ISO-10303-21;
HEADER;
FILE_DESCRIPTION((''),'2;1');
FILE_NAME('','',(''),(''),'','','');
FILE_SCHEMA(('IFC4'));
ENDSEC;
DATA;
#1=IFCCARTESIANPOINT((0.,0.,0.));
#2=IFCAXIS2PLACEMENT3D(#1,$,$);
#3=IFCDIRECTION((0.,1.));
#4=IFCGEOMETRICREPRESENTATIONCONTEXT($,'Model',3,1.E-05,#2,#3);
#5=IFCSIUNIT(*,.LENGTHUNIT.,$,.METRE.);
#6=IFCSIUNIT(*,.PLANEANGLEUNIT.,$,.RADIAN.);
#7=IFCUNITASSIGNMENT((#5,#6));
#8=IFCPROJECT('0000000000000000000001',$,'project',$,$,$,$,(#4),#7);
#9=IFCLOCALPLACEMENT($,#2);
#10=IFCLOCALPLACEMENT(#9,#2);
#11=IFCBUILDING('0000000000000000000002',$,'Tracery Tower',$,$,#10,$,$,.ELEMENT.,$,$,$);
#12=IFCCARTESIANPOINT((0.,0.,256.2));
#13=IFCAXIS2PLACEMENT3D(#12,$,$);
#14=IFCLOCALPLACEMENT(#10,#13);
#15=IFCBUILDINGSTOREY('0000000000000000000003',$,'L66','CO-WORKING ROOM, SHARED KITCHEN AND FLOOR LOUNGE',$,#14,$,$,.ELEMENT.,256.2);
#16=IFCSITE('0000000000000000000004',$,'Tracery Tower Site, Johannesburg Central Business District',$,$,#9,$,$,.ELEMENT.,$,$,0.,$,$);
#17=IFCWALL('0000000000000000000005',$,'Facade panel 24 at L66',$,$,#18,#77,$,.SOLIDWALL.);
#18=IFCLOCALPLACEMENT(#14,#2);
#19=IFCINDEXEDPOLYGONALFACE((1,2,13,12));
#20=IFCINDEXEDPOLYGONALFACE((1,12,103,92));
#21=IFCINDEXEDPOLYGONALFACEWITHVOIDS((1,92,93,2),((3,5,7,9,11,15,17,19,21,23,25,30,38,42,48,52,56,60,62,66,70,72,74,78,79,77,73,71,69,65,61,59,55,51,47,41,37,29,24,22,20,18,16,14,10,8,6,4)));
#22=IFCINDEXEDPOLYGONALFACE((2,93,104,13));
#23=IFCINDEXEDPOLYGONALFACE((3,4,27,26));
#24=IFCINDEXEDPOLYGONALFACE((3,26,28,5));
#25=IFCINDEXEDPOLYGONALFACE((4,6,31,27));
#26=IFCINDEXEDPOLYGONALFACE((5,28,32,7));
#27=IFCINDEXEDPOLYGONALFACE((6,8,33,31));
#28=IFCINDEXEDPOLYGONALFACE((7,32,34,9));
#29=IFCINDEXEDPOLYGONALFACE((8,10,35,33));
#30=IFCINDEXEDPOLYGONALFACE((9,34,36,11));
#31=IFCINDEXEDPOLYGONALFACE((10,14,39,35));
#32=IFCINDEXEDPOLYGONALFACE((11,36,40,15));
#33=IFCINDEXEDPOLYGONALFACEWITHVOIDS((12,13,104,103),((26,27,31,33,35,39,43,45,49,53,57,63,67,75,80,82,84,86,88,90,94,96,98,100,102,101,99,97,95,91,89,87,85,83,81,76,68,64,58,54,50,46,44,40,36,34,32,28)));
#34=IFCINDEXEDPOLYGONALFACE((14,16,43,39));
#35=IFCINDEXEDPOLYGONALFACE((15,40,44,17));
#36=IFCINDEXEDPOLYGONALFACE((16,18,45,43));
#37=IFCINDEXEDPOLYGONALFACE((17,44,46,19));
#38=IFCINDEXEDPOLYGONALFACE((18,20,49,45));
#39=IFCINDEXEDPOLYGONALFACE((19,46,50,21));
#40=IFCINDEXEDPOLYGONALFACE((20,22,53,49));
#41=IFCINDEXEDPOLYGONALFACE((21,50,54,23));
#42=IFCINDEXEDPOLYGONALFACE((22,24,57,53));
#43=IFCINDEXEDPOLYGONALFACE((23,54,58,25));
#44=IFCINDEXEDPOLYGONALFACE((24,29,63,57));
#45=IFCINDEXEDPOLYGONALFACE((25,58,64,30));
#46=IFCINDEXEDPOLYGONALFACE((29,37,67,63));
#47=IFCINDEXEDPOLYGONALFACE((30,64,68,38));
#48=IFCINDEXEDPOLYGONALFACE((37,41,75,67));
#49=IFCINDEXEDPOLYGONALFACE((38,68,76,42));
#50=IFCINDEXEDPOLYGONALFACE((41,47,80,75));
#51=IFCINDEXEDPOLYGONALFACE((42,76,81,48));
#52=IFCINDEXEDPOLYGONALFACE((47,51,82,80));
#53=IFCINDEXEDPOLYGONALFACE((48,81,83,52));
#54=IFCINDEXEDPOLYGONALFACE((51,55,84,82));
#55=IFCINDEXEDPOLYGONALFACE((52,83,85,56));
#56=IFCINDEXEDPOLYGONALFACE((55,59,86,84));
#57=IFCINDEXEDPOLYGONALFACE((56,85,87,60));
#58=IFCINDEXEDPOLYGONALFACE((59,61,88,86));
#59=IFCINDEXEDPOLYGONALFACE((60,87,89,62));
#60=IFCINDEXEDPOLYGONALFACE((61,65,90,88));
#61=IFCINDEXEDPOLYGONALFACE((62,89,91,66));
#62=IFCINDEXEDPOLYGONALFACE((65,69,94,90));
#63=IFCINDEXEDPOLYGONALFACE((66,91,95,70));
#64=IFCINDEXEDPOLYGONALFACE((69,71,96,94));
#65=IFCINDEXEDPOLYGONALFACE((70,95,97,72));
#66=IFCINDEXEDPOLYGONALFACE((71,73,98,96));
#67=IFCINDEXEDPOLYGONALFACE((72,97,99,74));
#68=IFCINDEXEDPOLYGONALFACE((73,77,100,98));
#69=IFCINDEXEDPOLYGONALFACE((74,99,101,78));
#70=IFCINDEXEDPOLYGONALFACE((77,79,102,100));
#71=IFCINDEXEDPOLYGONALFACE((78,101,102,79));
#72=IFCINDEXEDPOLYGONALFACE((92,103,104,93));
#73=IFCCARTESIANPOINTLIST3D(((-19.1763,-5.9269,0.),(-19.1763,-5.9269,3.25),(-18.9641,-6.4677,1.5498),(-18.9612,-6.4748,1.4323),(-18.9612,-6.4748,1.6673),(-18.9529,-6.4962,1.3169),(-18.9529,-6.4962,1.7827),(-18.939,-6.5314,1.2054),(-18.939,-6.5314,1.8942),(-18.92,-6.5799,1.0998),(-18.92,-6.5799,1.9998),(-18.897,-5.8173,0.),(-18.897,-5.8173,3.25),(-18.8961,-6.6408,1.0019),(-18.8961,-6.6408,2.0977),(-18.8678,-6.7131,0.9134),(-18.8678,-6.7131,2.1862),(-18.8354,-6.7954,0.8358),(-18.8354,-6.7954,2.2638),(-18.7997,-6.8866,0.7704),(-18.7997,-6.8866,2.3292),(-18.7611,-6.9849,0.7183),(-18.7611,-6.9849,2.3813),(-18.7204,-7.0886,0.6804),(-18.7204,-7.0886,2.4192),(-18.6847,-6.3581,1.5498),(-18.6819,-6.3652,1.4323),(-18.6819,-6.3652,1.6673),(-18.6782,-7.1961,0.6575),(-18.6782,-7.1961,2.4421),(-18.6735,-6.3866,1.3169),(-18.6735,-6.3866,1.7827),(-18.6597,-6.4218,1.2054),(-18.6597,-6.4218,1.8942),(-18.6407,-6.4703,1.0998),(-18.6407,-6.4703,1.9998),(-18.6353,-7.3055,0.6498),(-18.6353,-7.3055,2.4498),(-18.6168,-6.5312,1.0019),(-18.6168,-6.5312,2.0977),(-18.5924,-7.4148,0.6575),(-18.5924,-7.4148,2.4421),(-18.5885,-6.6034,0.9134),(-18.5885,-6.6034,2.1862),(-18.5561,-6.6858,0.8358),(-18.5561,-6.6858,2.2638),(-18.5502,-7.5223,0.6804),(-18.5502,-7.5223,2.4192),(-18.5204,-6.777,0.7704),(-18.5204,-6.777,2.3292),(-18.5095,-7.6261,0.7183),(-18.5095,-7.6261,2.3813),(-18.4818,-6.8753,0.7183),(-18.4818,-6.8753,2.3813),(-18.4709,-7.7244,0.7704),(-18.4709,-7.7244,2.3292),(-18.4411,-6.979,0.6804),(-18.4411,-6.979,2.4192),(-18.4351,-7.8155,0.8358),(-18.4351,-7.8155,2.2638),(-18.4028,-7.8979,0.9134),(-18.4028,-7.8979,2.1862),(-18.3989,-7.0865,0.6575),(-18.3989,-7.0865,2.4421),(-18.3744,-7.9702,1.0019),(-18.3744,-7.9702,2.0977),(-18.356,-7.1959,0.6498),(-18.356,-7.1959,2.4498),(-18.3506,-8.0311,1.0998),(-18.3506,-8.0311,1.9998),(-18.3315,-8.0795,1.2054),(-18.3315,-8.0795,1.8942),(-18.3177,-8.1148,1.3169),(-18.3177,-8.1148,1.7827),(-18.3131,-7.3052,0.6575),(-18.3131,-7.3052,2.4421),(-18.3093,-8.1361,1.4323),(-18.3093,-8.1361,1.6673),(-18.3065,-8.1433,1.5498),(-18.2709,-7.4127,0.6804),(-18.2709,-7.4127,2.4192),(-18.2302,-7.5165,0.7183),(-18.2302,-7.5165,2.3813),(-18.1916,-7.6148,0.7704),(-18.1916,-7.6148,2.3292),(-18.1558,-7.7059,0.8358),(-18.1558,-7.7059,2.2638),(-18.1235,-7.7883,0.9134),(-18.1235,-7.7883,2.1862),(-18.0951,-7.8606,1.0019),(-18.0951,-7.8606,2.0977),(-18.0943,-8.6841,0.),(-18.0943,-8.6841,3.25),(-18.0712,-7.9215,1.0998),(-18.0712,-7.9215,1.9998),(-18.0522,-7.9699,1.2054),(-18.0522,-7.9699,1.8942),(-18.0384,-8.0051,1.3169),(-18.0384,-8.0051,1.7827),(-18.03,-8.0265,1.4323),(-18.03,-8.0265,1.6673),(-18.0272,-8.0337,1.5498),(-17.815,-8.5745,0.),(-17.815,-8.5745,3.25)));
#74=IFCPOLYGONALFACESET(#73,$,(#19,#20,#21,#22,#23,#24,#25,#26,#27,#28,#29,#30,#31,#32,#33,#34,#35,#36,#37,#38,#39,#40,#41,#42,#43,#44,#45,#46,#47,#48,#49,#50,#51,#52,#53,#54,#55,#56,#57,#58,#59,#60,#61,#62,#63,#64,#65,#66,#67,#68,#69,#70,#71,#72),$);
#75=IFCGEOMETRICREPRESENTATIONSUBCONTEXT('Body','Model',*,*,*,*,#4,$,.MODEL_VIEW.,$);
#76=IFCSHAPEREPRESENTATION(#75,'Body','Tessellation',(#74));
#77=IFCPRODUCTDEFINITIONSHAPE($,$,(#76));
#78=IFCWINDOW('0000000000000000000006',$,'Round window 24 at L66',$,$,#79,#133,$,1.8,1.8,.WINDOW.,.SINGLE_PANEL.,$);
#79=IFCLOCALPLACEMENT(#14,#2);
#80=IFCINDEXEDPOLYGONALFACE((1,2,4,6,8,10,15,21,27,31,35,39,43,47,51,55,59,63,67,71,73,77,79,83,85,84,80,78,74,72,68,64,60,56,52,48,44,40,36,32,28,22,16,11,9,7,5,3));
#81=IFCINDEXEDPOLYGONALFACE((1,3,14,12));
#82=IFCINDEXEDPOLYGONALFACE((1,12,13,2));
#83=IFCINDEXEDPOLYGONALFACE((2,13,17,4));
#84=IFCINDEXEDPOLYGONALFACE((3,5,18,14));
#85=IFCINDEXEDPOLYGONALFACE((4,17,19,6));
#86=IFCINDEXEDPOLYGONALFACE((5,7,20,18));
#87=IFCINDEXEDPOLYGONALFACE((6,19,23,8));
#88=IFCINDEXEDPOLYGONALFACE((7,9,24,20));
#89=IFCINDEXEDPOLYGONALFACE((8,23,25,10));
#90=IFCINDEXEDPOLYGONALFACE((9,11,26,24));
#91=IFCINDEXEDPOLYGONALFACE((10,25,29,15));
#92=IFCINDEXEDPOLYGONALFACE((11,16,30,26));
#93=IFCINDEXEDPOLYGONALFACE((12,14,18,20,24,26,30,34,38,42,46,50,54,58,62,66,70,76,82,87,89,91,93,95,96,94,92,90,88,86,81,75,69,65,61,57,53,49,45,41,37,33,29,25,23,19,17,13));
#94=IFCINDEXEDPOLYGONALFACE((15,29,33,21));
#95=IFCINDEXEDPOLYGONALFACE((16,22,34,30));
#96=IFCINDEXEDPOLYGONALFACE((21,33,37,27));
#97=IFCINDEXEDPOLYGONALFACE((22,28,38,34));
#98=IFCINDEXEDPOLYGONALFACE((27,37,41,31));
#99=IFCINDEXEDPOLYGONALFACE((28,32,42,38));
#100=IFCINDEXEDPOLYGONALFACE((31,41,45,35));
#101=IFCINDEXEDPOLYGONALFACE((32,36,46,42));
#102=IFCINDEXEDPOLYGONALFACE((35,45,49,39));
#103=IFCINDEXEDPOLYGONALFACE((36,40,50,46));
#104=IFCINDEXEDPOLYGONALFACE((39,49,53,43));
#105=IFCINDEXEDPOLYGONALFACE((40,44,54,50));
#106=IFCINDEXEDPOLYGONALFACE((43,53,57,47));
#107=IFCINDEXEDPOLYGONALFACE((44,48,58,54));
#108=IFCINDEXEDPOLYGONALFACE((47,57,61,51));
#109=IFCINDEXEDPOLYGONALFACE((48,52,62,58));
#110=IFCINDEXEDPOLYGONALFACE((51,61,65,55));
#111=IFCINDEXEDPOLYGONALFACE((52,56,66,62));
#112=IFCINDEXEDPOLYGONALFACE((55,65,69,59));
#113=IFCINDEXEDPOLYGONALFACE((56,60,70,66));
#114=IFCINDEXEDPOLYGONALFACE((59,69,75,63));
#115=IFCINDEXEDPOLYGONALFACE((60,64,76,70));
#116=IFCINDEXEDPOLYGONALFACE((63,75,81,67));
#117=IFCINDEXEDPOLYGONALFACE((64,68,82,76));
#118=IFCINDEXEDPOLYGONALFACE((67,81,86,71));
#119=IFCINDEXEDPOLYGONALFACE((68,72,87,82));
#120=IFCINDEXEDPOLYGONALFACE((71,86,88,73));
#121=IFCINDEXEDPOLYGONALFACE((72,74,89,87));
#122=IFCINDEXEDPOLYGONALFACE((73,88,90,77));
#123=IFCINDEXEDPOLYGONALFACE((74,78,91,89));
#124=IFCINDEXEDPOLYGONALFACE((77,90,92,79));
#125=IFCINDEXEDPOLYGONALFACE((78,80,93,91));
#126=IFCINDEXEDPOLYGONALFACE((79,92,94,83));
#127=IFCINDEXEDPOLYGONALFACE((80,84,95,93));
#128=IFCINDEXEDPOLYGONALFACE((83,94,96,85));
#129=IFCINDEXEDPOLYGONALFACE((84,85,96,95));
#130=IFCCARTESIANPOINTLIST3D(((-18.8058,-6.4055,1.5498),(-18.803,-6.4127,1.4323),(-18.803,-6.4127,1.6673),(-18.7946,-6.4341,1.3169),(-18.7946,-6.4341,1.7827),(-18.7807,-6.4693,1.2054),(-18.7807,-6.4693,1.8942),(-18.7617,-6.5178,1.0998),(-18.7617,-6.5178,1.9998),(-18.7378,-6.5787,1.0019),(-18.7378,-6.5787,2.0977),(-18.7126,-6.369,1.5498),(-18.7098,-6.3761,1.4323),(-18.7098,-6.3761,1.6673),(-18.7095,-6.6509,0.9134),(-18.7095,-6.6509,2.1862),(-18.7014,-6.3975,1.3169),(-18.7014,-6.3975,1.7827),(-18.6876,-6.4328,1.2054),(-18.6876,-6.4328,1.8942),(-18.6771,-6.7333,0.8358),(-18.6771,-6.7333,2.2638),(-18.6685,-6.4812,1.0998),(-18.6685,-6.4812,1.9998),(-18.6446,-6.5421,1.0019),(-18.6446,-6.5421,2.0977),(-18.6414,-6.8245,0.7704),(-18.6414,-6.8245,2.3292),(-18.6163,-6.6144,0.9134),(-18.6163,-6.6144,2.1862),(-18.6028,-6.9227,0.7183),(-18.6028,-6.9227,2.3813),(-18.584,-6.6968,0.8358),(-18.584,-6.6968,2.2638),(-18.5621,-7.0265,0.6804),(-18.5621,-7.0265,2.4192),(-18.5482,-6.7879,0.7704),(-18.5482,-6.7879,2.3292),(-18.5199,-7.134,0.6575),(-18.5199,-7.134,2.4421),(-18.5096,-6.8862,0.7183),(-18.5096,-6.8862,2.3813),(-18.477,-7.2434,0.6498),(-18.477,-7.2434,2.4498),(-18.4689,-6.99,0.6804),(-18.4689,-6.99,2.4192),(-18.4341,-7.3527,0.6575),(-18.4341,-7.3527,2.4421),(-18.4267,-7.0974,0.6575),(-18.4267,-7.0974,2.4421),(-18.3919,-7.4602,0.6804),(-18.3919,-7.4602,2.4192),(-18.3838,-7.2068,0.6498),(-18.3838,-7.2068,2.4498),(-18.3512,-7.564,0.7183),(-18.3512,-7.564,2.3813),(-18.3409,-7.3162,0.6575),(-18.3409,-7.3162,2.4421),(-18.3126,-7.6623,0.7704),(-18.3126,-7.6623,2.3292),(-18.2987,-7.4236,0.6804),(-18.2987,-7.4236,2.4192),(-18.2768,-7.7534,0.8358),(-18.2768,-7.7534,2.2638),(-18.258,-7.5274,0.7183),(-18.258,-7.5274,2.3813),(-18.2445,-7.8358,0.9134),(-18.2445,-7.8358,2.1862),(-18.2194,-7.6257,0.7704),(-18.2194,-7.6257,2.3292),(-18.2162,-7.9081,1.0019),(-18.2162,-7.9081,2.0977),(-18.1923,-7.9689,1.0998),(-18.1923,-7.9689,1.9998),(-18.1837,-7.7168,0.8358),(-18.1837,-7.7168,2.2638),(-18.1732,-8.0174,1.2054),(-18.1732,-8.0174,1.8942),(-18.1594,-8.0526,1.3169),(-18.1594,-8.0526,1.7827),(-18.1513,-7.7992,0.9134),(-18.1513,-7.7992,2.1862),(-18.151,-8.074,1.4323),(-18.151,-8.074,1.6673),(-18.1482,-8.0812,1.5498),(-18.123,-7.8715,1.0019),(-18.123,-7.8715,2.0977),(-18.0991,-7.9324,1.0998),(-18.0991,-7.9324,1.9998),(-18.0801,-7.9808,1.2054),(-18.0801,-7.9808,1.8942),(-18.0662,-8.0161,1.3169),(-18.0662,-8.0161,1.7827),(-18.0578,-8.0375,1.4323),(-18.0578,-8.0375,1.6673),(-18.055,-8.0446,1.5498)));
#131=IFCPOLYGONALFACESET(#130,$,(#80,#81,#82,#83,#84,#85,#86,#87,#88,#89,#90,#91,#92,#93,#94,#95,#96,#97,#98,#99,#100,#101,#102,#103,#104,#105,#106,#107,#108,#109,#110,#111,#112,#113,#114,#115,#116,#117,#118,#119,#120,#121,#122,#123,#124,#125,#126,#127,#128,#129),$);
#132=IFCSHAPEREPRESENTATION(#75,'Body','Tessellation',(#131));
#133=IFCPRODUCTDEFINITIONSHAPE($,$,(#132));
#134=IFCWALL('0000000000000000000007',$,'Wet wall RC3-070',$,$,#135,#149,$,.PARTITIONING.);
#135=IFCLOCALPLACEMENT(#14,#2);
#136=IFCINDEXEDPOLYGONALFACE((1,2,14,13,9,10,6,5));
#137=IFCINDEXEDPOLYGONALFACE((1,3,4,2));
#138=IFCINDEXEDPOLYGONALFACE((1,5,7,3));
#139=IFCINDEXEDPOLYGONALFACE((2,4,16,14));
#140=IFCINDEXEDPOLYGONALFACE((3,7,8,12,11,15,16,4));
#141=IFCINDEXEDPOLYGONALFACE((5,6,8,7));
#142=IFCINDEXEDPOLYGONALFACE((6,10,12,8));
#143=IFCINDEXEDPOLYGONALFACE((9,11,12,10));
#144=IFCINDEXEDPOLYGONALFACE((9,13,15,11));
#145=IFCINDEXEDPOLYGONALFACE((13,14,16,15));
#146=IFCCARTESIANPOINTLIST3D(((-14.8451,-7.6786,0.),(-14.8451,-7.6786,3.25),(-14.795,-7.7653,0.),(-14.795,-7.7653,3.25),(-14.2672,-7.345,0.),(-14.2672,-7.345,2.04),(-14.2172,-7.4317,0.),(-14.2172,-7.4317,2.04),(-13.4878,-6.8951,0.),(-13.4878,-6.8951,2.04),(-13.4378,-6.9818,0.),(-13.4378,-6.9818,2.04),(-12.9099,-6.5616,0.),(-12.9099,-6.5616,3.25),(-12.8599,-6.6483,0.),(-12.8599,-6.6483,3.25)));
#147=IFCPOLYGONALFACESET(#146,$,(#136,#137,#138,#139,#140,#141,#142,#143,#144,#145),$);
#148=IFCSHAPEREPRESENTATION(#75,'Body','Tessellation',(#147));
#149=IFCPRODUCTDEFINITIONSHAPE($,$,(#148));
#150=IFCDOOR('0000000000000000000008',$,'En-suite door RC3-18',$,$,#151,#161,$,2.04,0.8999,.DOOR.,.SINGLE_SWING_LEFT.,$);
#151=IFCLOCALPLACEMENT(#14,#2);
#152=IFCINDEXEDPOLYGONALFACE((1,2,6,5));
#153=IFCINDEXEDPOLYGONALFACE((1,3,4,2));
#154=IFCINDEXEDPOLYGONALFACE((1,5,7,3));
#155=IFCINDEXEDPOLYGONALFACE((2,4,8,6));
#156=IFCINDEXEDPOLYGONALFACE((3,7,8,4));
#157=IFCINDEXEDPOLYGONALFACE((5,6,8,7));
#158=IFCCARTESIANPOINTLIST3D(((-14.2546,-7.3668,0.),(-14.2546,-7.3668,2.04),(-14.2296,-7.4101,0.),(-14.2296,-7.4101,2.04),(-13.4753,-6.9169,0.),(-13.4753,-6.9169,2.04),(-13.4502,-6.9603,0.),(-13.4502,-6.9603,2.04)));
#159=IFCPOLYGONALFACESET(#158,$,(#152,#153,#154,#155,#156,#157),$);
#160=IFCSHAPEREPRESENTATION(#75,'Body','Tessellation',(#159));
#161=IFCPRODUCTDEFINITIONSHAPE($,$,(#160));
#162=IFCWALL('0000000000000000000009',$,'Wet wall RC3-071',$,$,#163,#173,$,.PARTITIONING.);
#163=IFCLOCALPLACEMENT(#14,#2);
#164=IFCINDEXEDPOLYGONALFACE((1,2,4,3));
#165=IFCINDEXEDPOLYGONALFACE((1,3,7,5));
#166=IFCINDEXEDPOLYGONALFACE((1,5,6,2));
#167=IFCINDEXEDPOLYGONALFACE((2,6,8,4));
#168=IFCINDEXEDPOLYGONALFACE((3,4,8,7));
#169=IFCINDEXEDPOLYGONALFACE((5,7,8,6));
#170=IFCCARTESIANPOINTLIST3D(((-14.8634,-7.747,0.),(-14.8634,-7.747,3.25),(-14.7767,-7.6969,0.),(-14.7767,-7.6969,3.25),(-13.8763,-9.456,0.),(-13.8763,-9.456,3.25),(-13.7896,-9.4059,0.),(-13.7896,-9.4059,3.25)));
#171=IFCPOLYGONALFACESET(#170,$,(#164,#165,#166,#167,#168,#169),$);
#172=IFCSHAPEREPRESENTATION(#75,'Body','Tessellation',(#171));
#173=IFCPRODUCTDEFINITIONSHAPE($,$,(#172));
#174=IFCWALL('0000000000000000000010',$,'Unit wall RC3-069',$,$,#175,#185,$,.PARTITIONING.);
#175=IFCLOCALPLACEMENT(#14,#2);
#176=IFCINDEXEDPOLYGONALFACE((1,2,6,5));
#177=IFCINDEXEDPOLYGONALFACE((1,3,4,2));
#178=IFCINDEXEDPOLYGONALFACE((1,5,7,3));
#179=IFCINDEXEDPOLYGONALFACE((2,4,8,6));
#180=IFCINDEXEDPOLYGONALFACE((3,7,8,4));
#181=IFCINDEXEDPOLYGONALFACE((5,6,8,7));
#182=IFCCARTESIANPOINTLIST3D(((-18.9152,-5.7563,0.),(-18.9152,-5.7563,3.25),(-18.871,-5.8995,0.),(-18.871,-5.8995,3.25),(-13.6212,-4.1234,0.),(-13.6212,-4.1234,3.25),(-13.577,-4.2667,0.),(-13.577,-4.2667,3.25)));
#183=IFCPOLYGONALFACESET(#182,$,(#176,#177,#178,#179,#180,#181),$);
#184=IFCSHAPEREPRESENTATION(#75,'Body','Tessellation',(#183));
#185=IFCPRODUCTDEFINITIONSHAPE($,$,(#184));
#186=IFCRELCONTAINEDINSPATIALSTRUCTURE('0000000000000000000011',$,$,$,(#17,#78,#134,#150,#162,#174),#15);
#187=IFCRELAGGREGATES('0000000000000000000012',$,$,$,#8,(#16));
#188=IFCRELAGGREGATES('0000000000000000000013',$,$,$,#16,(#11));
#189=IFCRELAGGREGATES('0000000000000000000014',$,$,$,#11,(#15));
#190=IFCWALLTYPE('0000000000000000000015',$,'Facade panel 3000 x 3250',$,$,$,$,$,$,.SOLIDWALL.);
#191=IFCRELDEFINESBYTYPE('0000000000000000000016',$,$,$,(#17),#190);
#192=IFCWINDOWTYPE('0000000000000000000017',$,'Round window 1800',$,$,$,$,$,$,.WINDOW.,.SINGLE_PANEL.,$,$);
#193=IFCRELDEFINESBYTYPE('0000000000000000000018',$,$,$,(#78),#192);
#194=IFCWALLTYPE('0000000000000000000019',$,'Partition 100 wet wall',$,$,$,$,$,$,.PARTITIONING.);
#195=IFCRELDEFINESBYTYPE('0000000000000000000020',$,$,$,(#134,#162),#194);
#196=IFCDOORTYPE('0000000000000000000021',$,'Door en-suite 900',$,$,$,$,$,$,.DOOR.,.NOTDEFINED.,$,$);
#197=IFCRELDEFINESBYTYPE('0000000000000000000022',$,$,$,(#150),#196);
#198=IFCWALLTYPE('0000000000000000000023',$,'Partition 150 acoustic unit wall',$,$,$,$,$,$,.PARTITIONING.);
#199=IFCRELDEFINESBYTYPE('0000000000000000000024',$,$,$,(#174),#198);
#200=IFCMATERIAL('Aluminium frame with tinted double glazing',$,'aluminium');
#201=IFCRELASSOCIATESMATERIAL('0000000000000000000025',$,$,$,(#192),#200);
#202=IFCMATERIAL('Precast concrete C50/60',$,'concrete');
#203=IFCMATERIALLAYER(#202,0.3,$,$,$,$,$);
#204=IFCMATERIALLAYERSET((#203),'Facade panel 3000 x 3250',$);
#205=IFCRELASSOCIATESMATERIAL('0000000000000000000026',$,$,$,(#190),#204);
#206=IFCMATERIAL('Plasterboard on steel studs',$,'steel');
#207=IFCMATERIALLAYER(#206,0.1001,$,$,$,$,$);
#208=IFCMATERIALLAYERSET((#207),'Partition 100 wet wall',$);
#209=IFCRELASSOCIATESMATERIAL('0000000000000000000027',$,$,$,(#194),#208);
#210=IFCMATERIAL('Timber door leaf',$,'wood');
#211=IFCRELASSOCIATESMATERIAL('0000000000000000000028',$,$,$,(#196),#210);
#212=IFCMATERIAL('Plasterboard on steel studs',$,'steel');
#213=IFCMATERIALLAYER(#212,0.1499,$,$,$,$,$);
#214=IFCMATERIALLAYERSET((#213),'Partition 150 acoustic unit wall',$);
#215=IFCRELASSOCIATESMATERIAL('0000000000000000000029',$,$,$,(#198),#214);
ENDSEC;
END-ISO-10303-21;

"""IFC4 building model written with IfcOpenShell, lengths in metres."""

from ifc_helpers import new_model, si_unit, direction, frame, frame_2d, origin, origin_2d, place, context, subcontext, project, spatial, rectangle, circle, extrude, material, layer, layer_set, type_object, element, fill, save


model = new_model("IFC4")

# Units and contexts
model_context = context("Model", 3, precision=1e-05, world=origin(), true_north=direction((0.0, 1.0)))
body_context = subcontext(model_context, "Body", "Model", "MODEL_VIEW")
ifc_project = project(units=[si_unit("LENGTHUNIT", "METRE"), si_unit("PLANEANGLEUNIT", "RADIAN")], contexts=[model_context])

# Site, building, storey
site_placement = place(None, origin())
site = spatial("IfcSite", under=ifc_project, at=site_placement, Name="Tracery Tower Site, Johannesburg Central Business District", CompositionType="ELEMENT", RefElevation=0.0)
building_placement = place(site_placement, origin())
building = spatial("IfcBuilding", under=site, at=building_placement, Name="Tracery Tower", CompositionType="ELEMENT")
storey_placement = place(building_placement, frame((0.0, 0.0, 256.2)))
storey = spatial("IfcBuildingStorey", under=building, at=storey_placement, Name="L66", Description="CO-WORKING ROOM, SHARED KITCHEN AND FLOOR LOUNGE", CompositionType="ELEMENT", Elevation=256.2)

# Wall, opening, window
ifc_material_1 = material(Name="Aluminium frame with tinted double glazing", Category="aluminium")
window_type = type_object("IfcWindowType", Name="Round window 1800", PartitioningType="SINGLE_PANEL", PredefinedType="WINDOW", material=ifc_material_1)
ifc_material_2 = material(Name="Precast concrete C50/60", Category="concrete")
ifc_layer_1 = layer(ifc_material_2, 0.3)
ifc_layer_set_1 = layer_set([ifc_layer_1], Name="Facade panel 3000 x 3250")
wall_type_1 = type_object("IfcWallType", Name="Facade panel 3000 x 3250", PredefinedType="SOLIDWALL", material=ifc_layer_set_1)
wall_1_placement = place(storey_placement, frame((-19.0366, -5.8721, 0.0), z_axis=(0.0, 0.0, 1.0), x_axis=(0.3653, -0.93089, 0.0)))
wall_1 = element("IfcWall", 1, at=wall_1_placement, inside=storey, type_object=wall_type_1, Name="Facade panel 24 at L66", PredefinedType="SOLIDWALL", context=body_context, shape_type="SweptSolid", body=[
    extrude(rectangle(XDim=2.9619, YDim=0.3, at=frame_2d((1.481, 0.0))), origin(), (0.0, 0.0, 1.0), 3.25),
])
opening_1_placement = place(wall_1_placement, frame((1.481, 0.0, 1.5498)))
opening_1 = element("IfcOpeningElement", 2, at=opening_1_placement, cuts=wall_1, PredefinedType="OPENING", context=body_context, shape_type="SweptSolid", body=[
    extrude(circle(Radius=0.9, at=origin_2d()), frame((0.0, 0.1599, 0.0), z_axis=(0.0, -1.0, 0.0), x_axis=(1.0, 0.0, 0.0)), (0.0, 0.0, 1.0), 0.3201),
])
window_1_placement = place(opening_1_placement, origin())
window_1 = element("IfcWindow", 3, at=window_1_placement, inside=storey, type_object=window_type, Name="Round window 24 at L66", OverallHeight=1.8, OverallWidth=1.8, PartitioningType="SINGLE_PANEL", PredefinedType="WINDOW", context=body_context, shape_type="SweptSolid", body=[
    extrude(circle(Radius=0.9, at=origin_2d()), frame((0.0, 0.1201, 0.0), z_axis=(0.0, -1.0, 0.0), x_axis=(1.0, 0.0, 0.0)), (0.0, 0.0, 1.0), 0.1001),
])
fill(opening_1, window_1)

# Wall, opening, door
ifc_material_3 = material(Name="Plasterboard on steel studs", Category="steel")
ifc_layer_2 = layer(ifc_material_3, 0.1001)
ifc_layer_set_2 = layer_set([ifc_layer_2], Name="Partition 100 wet wall")
wall_type_2 = type_object("IfcWallType", Name="Partition 100 wet wall", PredefinedType="PARTITIONING", material=ifc_layer_set_2)
wall_2_placement = place(storey_placement, frame((-14.8201, -7.7219, 0.0), z_axis=(0.0, 0.0, 1.0), x_axis=(0.866076, 0.499912, 0.0)))
wall_2 = element("IfcWall", 4, at=wall_2_placement, inside=storey, type_object=wall_type_2, Name="Wet wall RC3-070", PredefinedType="PARTITIONING", context=body_context, shape_type="SweptSolid", body=[
    extrude(rectangle(XDim=2.2344, YDim=0.1001, at=frame_2d((1.1172, 0.0))), origin(), (0.0, 0.0, 1.0), 3.25),
])
opening_2_placement = place(wall_2_placement, frame((0.6672, 0.0, 0.0)))
opening_2 = element("IfcOpeningElement", 5, at=opening_2_placement, cuts=wall_2, PredefinedType="OPENING", context=body_context, shape_type="SweptSolid", body=[
    extrude(rectangle(XDim=0.8999, YDim=2.04, at=frame_2d((0.45, 1.02))), frame((0.0, 0.05, 0.0), z_axis=(0.0, -1.0, 0.0), x_axis=(1.0, 0.0, 0.0)), (0.0, 0.0, 1.0), 0.1001),
])
ifc_material_4 = material(Name="Timber door leaf", Category="wood")
door_type_1 = type_object("IfcDoorType", Name="Door en-suite 900", OperationType="NOTDEFINED", PredefinedType="DOOR", material=ifc_material_4)
door_1_placement = place(opening_2_placement, origin())
door_1 = element("IfcDoor", 6, at=door_1_placement, inside=storey, type_object=door_type_1, Name="En-suite door RC3-18", OperationType="SINGLE_SWING_LEFT", OverallHeight=2.04, OverallWidth=0.8999, PredefinedType="DOOR", context=body_context, shape_type="SweptSolid", body=[
    extrude(rectangle(XDim=0.8999, YDim=2.04, at=frame_2d((0.45, 1.02))), frame((0.0, 0.0249, 0.0), z_axis=(0.0, -1.0, 0.0), x_axis=(1.0, 0.0, 0.0)), (0.0, 0.0, 1.0), 0.05),
])
fill(opening_2, door_1)

# Walls
wall_3_placement = place(storey_placement, frame((-14.8201, -7.7219, 0.0), z_axis=(0.0, 0.0, 1.0), x_axis=(0.500144, -0.865942, 0.0)))
element("IfcWall", 7, at=wall_3_placement, inside=storey, type_object=wall_type_2, Name="Wet wall RC3-071", PredefinedType="PARTITIONING", context=body_context, shape_type="SweptSolid", body=[
    extrude(rectangle(XDim=1.9736, YDim=0.1001, at=frame_2d((0.9868, 0.0))), origin(), (0.0, 0.0, 1.0), 3.25),
])
ifc_material_5 = material(Name="Plasterboard on steel studs", Category="steel")
ifc_layer_3 = layer(ifc_material_5, 0.1499)
ifc_layer_set_3 = layer_set([ifc_layer_3], Name="Partition 150 acoustic unit wall")
wall_type_3 = type_object("IfcWallType", Name="Partition 150 acoustic unit wall", PredefinedType="PARTITIONING", material=ifc_layer_set_3)
wall_4_placement = place(storey_placement, frame((-18.8931, -5.8279, 0.0), z_axis=(0.0, 0.0, 1.0), x_axis=(0.955581, 0.29473, 0.0)))
element("IfcWall", 8, at=wall_4_placement, inside=storey, type_object=wall_type_3, Name="Unit wall RC3-069", PredefinedType="PARTITIONING", context=body_context, shape_type="SweptSolid", body=[
    extrude(rectangle(XDim=5.54, YDim=0.1499, at=frame_2d((2.77, 0.0))), origin(), (0.0, 0.0, 1.0), 3.25),
])

save(model, "model.ifc")
